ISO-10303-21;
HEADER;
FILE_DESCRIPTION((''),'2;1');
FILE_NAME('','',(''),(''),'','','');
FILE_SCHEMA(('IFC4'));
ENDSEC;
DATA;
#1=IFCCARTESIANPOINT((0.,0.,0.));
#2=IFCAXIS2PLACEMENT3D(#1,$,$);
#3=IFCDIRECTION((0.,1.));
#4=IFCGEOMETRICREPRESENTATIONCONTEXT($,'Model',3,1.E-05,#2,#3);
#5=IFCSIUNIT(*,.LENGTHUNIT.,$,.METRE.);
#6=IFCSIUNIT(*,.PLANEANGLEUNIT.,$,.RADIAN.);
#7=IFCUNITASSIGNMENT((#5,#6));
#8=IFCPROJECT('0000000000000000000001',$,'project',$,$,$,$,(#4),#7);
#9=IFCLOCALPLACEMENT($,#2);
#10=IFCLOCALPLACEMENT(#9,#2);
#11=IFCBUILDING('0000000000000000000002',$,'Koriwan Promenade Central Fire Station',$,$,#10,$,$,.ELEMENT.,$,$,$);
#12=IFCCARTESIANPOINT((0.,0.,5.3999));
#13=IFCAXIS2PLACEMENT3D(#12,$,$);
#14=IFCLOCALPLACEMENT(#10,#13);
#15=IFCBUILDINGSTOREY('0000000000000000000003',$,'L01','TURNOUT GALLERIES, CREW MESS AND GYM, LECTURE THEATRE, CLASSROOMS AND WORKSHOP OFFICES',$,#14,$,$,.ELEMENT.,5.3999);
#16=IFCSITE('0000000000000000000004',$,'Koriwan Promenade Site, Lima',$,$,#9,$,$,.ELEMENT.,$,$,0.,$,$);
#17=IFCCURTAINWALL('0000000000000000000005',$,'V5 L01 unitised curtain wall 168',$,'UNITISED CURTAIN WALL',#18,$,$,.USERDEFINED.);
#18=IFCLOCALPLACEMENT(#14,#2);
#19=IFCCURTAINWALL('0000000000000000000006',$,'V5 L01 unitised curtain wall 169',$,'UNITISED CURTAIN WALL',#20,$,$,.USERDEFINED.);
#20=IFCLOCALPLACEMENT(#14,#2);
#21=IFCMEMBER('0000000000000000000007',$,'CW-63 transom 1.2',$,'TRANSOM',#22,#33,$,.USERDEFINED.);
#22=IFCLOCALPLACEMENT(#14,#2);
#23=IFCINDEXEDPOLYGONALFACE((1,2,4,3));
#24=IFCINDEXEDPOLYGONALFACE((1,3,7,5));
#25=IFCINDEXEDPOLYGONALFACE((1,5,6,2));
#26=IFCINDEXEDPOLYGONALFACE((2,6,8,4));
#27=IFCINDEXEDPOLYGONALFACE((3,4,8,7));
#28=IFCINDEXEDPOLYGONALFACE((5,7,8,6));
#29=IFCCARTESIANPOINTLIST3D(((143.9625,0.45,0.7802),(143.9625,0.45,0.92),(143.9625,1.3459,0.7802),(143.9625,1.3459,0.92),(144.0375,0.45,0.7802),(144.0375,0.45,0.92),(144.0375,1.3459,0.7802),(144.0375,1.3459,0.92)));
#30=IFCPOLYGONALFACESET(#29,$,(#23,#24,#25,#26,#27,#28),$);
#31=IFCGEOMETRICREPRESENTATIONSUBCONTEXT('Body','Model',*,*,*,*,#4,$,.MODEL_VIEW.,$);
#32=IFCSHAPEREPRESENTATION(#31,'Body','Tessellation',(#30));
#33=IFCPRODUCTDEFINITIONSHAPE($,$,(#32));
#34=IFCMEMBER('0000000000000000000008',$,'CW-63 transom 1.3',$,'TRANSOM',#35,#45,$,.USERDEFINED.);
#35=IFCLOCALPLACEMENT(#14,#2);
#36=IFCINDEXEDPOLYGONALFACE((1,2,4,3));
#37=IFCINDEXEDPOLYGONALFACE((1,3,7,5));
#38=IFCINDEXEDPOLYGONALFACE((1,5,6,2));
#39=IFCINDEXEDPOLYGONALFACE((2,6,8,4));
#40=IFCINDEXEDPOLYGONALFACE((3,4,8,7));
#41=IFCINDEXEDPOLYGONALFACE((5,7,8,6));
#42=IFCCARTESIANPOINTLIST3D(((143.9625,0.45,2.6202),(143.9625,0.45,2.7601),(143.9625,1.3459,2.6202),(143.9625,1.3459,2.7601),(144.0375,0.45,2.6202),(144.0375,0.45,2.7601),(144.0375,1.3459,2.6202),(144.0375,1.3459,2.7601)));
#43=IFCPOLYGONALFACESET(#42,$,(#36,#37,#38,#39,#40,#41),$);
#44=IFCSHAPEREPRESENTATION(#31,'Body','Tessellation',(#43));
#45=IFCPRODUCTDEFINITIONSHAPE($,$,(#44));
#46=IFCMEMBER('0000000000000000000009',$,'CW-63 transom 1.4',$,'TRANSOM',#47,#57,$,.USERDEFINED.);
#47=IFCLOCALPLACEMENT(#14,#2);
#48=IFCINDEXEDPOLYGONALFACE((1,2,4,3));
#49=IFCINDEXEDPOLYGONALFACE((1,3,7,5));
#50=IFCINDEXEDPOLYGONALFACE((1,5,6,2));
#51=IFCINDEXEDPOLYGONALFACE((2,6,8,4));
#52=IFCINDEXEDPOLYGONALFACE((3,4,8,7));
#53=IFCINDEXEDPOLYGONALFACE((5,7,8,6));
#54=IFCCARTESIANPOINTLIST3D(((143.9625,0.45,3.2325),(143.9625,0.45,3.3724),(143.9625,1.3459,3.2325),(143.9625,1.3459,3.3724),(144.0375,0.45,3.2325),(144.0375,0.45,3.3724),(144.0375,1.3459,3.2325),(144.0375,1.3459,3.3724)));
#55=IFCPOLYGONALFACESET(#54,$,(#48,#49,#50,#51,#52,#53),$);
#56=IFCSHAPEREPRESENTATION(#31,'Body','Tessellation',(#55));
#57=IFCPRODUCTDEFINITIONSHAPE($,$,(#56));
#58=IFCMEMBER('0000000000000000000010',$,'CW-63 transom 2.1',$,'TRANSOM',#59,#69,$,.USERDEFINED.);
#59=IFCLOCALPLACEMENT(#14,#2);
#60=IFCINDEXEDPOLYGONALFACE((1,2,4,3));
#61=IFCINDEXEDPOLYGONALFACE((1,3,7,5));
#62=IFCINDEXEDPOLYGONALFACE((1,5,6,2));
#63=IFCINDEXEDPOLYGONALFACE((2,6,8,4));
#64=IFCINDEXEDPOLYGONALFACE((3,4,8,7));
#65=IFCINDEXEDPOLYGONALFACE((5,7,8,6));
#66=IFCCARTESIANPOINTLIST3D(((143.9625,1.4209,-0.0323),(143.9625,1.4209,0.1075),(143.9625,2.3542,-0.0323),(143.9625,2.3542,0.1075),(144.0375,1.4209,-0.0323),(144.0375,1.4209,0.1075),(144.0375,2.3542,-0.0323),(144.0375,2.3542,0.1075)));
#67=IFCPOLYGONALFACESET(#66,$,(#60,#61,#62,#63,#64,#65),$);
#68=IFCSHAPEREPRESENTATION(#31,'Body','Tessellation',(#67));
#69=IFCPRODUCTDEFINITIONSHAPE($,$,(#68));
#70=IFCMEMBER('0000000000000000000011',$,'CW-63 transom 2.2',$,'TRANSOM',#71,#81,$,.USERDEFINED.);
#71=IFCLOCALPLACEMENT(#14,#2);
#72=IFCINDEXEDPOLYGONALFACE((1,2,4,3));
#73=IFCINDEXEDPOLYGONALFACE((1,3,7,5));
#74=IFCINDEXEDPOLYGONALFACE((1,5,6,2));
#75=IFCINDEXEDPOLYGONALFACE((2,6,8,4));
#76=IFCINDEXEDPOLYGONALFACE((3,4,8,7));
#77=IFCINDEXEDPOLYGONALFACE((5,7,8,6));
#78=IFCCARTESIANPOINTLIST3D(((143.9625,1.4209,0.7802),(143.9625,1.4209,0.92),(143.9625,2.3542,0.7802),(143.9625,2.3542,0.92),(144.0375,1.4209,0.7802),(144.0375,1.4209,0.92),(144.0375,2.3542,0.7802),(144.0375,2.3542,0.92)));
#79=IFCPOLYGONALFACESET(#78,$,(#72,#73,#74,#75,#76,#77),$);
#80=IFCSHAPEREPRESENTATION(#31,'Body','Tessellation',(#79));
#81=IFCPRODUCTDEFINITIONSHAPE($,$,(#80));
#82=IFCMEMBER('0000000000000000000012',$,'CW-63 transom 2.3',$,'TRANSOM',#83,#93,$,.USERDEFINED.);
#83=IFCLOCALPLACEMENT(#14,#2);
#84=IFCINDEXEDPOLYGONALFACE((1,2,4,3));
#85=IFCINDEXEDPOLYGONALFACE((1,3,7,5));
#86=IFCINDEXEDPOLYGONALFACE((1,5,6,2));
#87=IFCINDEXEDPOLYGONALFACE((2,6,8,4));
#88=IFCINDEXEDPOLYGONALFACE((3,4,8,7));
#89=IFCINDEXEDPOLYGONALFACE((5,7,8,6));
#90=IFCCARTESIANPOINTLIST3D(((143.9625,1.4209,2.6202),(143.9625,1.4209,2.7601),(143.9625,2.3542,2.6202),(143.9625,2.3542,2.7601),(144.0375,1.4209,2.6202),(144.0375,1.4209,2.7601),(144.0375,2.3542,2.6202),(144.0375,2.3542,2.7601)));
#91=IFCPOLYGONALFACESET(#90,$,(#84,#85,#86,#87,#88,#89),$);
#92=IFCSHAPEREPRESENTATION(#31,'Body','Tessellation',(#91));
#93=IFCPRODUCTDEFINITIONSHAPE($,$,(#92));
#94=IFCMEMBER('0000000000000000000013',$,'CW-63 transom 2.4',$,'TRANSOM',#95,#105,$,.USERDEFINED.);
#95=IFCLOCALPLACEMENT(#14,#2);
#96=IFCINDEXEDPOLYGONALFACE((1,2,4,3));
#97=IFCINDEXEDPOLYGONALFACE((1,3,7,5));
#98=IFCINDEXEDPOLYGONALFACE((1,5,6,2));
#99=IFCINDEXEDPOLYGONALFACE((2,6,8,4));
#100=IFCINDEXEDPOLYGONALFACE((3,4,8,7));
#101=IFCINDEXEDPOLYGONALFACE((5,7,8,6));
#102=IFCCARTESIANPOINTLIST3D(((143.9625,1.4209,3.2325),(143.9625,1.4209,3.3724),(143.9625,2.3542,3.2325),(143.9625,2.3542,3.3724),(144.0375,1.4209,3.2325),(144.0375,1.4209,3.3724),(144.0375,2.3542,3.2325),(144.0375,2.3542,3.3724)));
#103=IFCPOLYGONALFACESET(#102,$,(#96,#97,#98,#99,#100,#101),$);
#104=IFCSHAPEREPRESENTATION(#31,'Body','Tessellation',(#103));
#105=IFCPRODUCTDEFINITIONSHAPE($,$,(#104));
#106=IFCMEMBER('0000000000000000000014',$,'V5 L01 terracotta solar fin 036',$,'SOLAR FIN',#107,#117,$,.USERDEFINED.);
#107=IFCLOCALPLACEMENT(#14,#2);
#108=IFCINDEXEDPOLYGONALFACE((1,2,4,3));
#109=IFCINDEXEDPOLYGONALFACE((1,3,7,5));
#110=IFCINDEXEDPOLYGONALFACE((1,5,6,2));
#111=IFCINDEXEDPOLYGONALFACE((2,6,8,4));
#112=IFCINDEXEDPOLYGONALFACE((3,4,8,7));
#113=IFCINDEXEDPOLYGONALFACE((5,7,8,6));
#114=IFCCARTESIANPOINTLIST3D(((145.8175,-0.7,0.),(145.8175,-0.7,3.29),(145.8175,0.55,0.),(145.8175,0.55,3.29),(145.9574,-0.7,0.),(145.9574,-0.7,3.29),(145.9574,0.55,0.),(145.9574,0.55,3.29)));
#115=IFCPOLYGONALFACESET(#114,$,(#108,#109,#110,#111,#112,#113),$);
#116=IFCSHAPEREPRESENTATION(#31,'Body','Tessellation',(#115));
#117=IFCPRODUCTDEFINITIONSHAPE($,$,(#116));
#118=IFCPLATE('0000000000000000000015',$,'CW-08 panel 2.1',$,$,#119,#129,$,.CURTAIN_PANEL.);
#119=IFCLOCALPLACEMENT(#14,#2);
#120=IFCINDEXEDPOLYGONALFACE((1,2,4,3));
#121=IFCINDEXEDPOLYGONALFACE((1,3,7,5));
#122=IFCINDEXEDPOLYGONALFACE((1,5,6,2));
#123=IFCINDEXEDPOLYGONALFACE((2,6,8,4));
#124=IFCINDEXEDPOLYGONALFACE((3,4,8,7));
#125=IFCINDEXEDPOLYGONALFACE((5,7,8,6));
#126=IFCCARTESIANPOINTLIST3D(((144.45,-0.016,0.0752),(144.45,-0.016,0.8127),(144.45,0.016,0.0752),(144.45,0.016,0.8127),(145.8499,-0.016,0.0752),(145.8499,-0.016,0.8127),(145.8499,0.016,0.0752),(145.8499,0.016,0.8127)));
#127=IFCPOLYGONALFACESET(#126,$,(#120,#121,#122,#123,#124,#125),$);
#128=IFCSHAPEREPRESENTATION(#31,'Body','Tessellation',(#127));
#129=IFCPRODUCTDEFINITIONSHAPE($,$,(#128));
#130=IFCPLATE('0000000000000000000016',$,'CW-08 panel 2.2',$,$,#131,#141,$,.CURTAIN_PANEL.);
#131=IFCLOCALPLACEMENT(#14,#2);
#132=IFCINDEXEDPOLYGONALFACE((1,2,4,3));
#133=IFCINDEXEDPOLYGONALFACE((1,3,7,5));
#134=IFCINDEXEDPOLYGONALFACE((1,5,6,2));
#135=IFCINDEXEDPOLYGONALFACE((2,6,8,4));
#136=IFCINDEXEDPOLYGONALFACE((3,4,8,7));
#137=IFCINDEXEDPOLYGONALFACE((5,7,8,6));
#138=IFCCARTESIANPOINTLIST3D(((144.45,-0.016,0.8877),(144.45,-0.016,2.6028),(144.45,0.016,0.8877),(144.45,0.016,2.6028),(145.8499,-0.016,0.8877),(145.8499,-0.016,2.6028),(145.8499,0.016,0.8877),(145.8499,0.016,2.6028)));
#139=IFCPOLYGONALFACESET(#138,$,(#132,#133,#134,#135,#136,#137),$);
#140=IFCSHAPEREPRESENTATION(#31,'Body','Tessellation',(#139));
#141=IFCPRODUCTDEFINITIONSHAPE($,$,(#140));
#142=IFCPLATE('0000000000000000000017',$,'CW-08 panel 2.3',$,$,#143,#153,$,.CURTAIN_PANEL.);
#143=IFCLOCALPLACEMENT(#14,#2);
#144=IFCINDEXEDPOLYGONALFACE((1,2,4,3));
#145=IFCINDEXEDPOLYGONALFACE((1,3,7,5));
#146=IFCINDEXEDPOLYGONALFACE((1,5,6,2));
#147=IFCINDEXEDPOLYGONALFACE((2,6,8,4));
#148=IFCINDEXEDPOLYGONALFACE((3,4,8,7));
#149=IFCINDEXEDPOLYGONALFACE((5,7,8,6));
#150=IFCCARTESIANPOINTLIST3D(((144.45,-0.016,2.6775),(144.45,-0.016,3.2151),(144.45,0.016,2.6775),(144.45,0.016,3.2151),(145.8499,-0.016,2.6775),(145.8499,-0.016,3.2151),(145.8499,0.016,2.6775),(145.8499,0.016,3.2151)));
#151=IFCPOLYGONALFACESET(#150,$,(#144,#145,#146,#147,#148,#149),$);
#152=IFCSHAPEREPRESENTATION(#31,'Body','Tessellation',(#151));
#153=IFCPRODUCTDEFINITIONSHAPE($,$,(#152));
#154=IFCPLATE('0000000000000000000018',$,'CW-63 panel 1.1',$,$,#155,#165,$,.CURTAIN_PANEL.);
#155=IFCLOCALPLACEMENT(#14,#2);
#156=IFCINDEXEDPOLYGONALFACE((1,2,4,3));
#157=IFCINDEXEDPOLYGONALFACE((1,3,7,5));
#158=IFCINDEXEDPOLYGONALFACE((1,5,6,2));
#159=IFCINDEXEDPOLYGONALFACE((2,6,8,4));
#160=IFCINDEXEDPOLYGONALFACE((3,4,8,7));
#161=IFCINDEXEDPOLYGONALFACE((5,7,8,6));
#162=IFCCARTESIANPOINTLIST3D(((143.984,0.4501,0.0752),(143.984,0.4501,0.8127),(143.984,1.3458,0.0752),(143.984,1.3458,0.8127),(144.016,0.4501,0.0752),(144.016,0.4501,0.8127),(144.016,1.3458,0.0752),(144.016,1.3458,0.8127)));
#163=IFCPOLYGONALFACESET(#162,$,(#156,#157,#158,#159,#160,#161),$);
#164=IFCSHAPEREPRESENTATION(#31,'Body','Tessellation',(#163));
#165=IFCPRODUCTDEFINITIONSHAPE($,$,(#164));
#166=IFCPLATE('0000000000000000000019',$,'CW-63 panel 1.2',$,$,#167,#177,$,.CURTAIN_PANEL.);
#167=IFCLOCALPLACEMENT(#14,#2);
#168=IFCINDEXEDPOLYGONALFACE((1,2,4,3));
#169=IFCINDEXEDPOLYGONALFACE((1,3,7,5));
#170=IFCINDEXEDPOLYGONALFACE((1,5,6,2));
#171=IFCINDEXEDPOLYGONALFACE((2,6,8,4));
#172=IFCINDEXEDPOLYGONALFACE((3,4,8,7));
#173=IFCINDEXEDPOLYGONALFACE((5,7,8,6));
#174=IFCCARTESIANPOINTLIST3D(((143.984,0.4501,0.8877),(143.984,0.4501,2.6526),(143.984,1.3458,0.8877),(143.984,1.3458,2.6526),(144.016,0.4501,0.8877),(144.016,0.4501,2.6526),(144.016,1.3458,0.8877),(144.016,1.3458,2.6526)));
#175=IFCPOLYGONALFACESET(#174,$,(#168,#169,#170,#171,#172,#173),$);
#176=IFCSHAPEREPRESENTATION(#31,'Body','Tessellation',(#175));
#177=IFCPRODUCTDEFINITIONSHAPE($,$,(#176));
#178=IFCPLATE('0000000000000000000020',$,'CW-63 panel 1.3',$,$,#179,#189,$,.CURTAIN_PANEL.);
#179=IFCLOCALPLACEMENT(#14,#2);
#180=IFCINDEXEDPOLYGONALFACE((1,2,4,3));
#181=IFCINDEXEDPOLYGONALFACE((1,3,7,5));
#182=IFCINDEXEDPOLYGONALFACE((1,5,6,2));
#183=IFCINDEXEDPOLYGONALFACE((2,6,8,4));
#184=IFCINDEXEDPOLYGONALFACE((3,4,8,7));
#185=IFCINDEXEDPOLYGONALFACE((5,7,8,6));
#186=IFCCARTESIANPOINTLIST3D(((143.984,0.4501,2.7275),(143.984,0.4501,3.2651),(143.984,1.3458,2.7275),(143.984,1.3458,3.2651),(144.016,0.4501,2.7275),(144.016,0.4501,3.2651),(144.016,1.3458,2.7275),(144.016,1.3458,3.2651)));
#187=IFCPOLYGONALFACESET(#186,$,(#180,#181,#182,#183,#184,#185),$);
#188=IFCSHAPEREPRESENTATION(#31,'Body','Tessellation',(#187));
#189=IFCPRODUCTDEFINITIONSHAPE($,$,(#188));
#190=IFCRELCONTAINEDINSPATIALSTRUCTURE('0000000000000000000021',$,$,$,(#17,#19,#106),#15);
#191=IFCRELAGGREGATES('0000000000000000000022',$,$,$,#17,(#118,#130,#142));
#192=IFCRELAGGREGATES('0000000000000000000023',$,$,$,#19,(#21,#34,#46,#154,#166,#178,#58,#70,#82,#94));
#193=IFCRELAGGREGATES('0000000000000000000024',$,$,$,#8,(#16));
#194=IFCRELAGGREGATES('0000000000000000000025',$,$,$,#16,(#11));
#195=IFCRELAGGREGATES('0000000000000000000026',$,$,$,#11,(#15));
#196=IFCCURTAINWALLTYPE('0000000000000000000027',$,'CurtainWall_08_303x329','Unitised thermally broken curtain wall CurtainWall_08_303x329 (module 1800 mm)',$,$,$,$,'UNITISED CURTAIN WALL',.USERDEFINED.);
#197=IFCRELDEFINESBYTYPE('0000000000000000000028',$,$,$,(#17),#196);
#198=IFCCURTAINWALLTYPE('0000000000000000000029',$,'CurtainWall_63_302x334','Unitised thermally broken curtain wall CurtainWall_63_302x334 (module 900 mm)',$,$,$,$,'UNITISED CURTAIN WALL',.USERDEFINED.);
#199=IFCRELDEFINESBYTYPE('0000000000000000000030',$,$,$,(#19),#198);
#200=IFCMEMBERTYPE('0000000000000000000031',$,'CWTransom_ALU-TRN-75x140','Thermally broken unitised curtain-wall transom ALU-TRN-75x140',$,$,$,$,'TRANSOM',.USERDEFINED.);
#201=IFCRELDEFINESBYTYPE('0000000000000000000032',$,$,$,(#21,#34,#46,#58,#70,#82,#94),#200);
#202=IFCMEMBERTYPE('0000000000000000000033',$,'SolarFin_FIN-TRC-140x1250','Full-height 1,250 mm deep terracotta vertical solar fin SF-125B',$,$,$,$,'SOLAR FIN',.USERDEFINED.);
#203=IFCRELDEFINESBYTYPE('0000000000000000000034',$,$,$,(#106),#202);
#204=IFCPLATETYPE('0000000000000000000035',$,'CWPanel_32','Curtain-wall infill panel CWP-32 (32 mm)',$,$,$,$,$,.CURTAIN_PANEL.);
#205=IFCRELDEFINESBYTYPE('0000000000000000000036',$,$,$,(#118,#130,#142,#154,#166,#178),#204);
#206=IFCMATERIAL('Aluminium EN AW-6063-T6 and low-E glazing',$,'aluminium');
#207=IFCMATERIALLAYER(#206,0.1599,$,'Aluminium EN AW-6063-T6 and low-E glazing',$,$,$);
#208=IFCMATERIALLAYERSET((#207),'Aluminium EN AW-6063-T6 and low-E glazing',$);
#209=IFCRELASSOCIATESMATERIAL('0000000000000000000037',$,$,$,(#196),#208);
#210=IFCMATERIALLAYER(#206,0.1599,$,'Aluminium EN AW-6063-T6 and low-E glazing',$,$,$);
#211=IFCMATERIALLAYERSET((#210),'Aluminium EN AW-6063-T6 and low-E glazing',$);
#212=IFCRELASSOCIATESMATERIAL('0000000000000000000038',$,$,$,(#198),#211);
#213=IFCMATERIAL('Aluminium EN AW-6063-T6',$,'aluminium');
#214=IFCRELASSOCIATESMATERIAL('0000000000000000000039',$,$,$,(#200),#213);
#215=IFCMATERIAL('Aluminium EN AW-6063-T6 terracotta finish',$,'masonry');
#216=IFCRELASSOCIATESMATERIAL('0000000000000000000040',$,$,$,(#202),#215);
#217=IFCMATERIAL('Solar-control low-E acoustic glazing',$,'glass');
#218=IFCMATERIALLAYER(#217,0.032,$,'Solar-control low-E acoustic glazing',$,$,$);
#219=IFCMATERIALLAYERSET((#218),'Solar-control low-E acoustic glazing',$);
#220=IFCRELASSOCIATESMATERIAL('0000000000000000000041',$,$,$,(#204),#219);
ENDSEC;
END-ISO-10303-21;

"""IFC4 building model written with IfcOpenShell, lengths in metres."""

from ifc_helpers import new_model, si_unit, direction, frame, origin, origin_2d, place, context, subcontext, project, spatial, rectangle, extrude, material, layer, layer_set, material_profile, profile_set, type_object, element, aggregate, save


model = new_model("IFC4")

# Units and contexts
model_context = context("Model", 3, precision=1e-05, world=origin(), true_north=direction((0.0, 1.0)))
body_context = subcontext(model_context, "Body", "Model", "MODEL_VIEW")
ifc_project = project(units=[si_unit("LENGTHUNIT", "METRE"), si_unit("PLANEANGLEUNIT", "RADIAN")], contexts=[model_context])

# Site, building, storey
site_placement = place(None, origin())
site = spatial("IfcSite", under=ifc_project, at=site_placement, Name="Koriwan Promenade Site, Lima", CompositionType="ELEMENT", RefElevation=0.0)
building_placement = place(site_placement, origin())
building = spatial("IfcBuilding", under=site, at=building_placement, Name="Koriwan Promenade Central Fire Station", CompositionType="ELEMENT")
storey_placement = place(building_placement, frame((0.0, 0.0, 5.3999)))
storey = spatial("IfcBuildingStorey", under=building, at=storey_placement, Name="L01", Description="TURNOUT GALLERIES, CREW MESS AND GYM, LECTURE THEATRE, CLASSROOMS AND WORKSHOP OFFICES", CompositionType="ELEMENT", Elevation=5.3999)

# Curtain walls
ifc_material_1 = material(Name="Aluminium EN AW-6063-T6 and low-E glazing", Category="aluminium")
ifc_layer_1 = layer(ifc_material_1, 0.1599, Name="Aluminium EN AW-6063-T6 and low-E glazing")
ifc_layer_set_1 = layer_set([ifc_layer_1], Name="Aluminium EN AW-6063-T6 and low-E glazing")
curtain_wall_type_1 = type_object("IfcCurtainWallType", Name="CurtainWall_08_303x329", Description="Unitised thermally broken curtain wall CurtainWall_08_303x329 (module 1800 mm)", ElementType="UNITISED CURTAIN WALL", PredefinedType="USERDEFINED", material=ifc_layer_set_1)
curtain_wall_1_placement = place(storey_placement, origin())
curtain_wall_1 = element("IfcCurtainWall", 1, at=curtain_wall_1_placement, inside=storey, type_object=curtain_wall_type_1, Name="V5 L01 unitised curtain wall 168", ObjectType="UNITISED CURTAIN WALL", PredefinedType="USERDEFINED")
ifc_material_2 = material(Name="Aluminium EN AW-6063-T6", Category="aluminium")
ifc_layer_2 = layer(ifc_material_1, 0.1599, Name="Aluminium EN AW-6063-T6 and low-E glazing")
ifc_layer_set_2 = layer_set([ifc_layer_2], Name="Aluminium EN AW-6063-T6 and low-E glazing")
curtain_wall_type_2 = type_object("IfcCurtainWallType", Name="CurtainWall_63_302x334", Description="Unitised thermally broken curtain wall CurtainWall_63_302x334 (module 900 mm)", ElementType="UNITISED CURTAIN WALL", PredefinedType="USERDEFINED", material=ifc_layer_set_2)
curtain_wall_2_placement = place(storey_placement, origin())
curtain_wall_2 = element("IfcCurtainWall", 2, at=curtain_wall_2_placement, inside=storey, type_object=curtain_wall_type_2, Name="V5 L01 unitised curtain wall 169", ObjectType="UNITISED CURTAIN WALL", PredefinedType="USERDEFINED")

# Members
ifc_material_profile_1 = material_profile(ifc_material_2, rectangle(XDim=0.075, YDim=0.1399, at=origin_2d()), Name="ALU-TRN-75x140")
ifc_profile_set_1 = profile_set([ifc_material_profile_1], Name="Aluminium EN AW-6063-T6")
member_type_1 = type_object("IfcMemberType", Name="CWTransom_ALU-TRN-75x140", Description="Thermally broken unitised curtain-wall transom ALU-TRN-75x140", ElementType="TRANSOM", PredefinedType="USERDEFINED", material=ifc_profile_set_1)
member_1_placement = place(storey_placement, frame((144.0, 0.45, 0.8501), z_axis=(0.0, 1.0, 0.0), x_axis=(-1.0, 0.0, 0.0)))
member_1 = element("IfcMember", 3, at=member_1_placement, type_object=member_type_1, Name="CW-63 transom 1.2", ObjectType="TRANSOM", PredefinedType="USERDEFINED", context=body_context, shape_type="SweptSolid", body=[
    extrude(rectangle(XDim=0.075, YDim=0.1399, at=origin_2d()), origin(), (0.0, 0.0, 1.0), 0.896),
])
member_2_placement = place(storey_placement, frame((144.0, 0.45, 2.6902), z_axis=(0.0, 1.0, 0.0), x_axis=(-1.0, 0.0, 0.0)))
member_2 = element("IfcMember", 4, at=member_2_placement, type_object=member_type_1, Name="CW-63 transom 1.3", ObjectType="TRANSOM", PredefinedType="USERDEFINED", context=body_context, shape_type="SweptSolid", body=[
    extrude(rectangle(XDim=0.075, YDim=0.1399, at=origin_2d()), origin(), (0.0, 0.0, 1.0), 0.896),
])
member_3_placement = place(storey_placement, frame((144.0, 0.45, 3.3025), z_axis=(0.0, 1.0, 0.0), x_axis=(-1.0, 0.0, 0.0)))
member_3 = element("IfcMember", 5, at=member_3_placement, type_object=member_type_1, Name="CW-63 transom 1.4", ObjectType="TRANSOM", PredefinedType="USERDEFINED", context=body_context, shape_type="SweptSolid", body=[
    extrude(rectangle(XDim=0.075, YDim=0.1399, at=origin_2d()), origin(), (0.0, 0.0, 1.0), 0.896),
])
member_4_placement = place(storey_placement, frame((144.0, 1.4209, 0.0376), z_axis=(0.0, 1.0, 0.0), x_axis=(-1.0, 0.0, 0.0)))
member_4 = element("IfcMember", 6, at=member_4_placement, type_object=member_type_1, Name="CW-63 transom 2.1", ObjectType="TRANSOM", PredefinedType="USERDEFINED", context=body_context, shape_type="SweptSolid", body=[
    extrude(rectangle(XDim=0.075, YDim=0.1399, at=origin_2d()), origin(), (0.0, 0.0, 1.0), 0.9333),
])
member_5_placement = place(storey_placement, frame((144.0, 1.4209, 0.8501), z_axis=(0.0, 1.0, 0.0), x_axis=(-1.0, 0.0, 0.0)))
member_5 = element("IfcMember", 7, at=member_5_placement, type_object=member_type_1, Name="CW-63 transom 2.2", ObjectType="TRANSOM", PredefinedType="USERDEFINED", context=body_context, shape_type="SweptSolid", body=[
    extrude(rectangle(XDim=0.075, YDim=0.1399, at=origin_2d()), origin(), (0.0, 0.0, 1.0), 0.9333),
])
member_6_placement = place(storey_placement, frame((144.0, 1.4209, 2.6902), z_axis=(0.0, 1.0, 0.0), x_axis=(-1.0, 0.0, 0.0)))
member_6 = element("IfcMember", 8, at=member_6_placement, type_object=member_type_1, Name="CW-63 transom 2.3", ObjectType="TRANSOM", PredefinedType="USERDEFINED", context=body_context, shape_type="SweptSolid", body=[
    extrude(rectangle(XDim=0.075, YDim=0.1399, at=origin_2d()), origin(), (0.0, 0.0, 1.0), 0.9333),
])
member_7_placement = place(storey_placement, frame((144.0, 1.4209, 3.3025), z_axis=(0.0, 1.0, 0.0), x_axis=(-1.0, 0.0, 0.0)))
member_7 = element("IfcMember", 9, at=member_7_placement, type_object=member_type_1, Name="CW-63 transom 2.4", ObjectType="TRANSOM", PredefinedType="USERDEFINED", context=body_context, shape_type="SweptSolid", body=[
    extrude(rectangle(XDim=0.075, YDim=0.1399, at=origin_2d()), origin(), (0.0, 0.0, 1.0), 0.9333),
])
ifc_material_3 = material(Name="Aluminium EN AW-6063-T6 terracotta finish", Category="masonry")
ifc_material_profile_2 = material_profile(ifc_material_3, rectangle(XDim=0.1399, YDim=1.25, at=origin_2d()), Name="FIN-TRC-140x1250")
ifc_profile_set_2 = profile_set([ifc_material_profile_2], Name="Aluminium EN AW-6063-T6 terracotta finish")
member_type_2 = type_object("IfcMemberType", Name="SolarFin_FIN-TRC-140x1250", Description="Full-height 1,250 mm deep terracotta vertical solar fin SF-125B", ElementType="SOLAR FIN", PredefinedType="USERDEFINED", material=ifc_profile_set_2)
member_8_placement = place(storey_placement, frame((145.8875, -0.075, 0.0), z_axis=(0.0, 0.0, 1.0), x_axis=(-1.0, 0.0, 0.0)))
element("IfcMember", 10, at=member_8_placement, inside=storey, type_object=member_type_2, Name="V5 L01 terracotta solar fin 036", ObjectType="SOLAR FIN", PredefinedType="USERDEFINED", context=body_context, shape_type="SweptSolid", body=[
    extrude(rectangle(XDim=0.1399, YDim=1.25, at=origin_2d()), origin(), (0.0, 0.0, 1.0), 3.29),
])

# Plates
ifc_material_4 = material(Name="Solar-control low-E acoustic glazing", Category="glass")
ifc_layer_3 = layer(ifc_material_4, 0.032, Name="Solar-control low-E acoustic glazing")
ifc_layer_set_3 = layer_set([ifc_layer_3], Name="Solar-control low-E acoustic glazing")
plate_type = type_object("IfcPlateType", Name="CWPanel_32", Description="Curtain-wall infill panel CWP-32 (32 mm)", PredefinedType="CURTAIN_PANEL", material=ifc_layer_set_3)
plate_1_placement = place(storey_placement, frame((145.1499, 0.0, 0.0752), z_axis=(0.0, 0.0, 1.0), x_axis=(-1.0, 0.0, 0.0)))
plate_1 = element("IfcPlate", 11, at=plate_1_placement, type_object=plate_type, Name="CW-08 panel 2.1", PredefinedType="CURTAIN_PANEL", context=body_context, shape_type="SweptSolid", body=[
    extrude(rectangle(XDim=1.3999, YDim=0.032, at=origin_2d()), origin(), (0.0, 0.0, 1.0), 0.7375),
])
plate_2_placement = place(storey_placement, frame((145.1499, 0.0, 0.8877), z_axis=(0.0, 0.0, 1.0), x_axis=(-1.0, 0.0, 0.0)))
plate_2 = element("IfcPlate", 12, at=plate_2_placement, type_object=plate_type, Name="CW-08 panel 2.2", PredefinedType="CURTAIN_PANEL", context=body_context, shape_type="SweptSolid", body=[
    extrude(rectangle(XDim=1.3999, YDim=0.032, at=origin_2d()), origin(), (0.0, 0.0, 1.0), 1.7151),
])
plate_3_placement = place(storey_placement, frame((145.1499, 0.0, 2.6775), z_axis=(0.0, 0.0, 1.0), x_axis=(-1.0, 0.0, 0.0)))
plate_3 = element("IfcPlate", 13, at=plate_3_placement, type_object=plate_type, Name="CW-08 panel 2.3", PredefinedType="CURTAIN_PANEL", context=body_context, shape_type="SweptSolid", body=[
    extrude(rectangle(XDim=1.3999, YDim=0.032, at=origin_2d()), origin(), (0.0, 0.0, 1.0), 0.5376),
])
aggregate(curtain_wall_1, [plate_1, plate_2, plate_3])
plate_4_placement = place(storey_placement, frame((144.0, 0.8979, 0.0752), z_axis=(0.0, 0.0, 1.0), x_axis=(0.0, 1.0, 0.0)))
plate_4 = element("IfcPlate", 14, at=plate_4_placement, type_object=plate_type, Name="CW-63 panel 1.1", PredefinedType="CURTAIN_PANEL", context=body_context, shape_type="SweptSolid", body=[
    extrude(rectangle(XDim=0.8958, YDim=0.032, at=origin_2d()), origin(), (0.0, 0.0, 1.0), 0.7375),
])
plate_5_placement = place(storey_placement, frame((144.0, 0.8979, 0.8877), z_axis=(0.0, 0.0, 1.0), x_axis=(0.0, 1.0, 0.0)))
plate_5 = element("IfcPlate", 15, at=plate_5_placement, type_object=plate_type, Name="CW-63 panel 1.2", PredefinedType="CURTAIN_PANEL", context=body_context, shape_type="SweptSolid", body=[
    extrude(rectangle(XDim=0.8958, YDim=0.032, at=origin_2d()), origin(), (0.0, 0.0, 1.0), 1.7649),
])
plate_6_placement = place(storey_placement, frame((144.0, 0.8979, 2.7275), z_axis=(0.0, 0.0, 1.0), x_axis=(0.0, 1.0, 0.0)))
plate_6 = element("IfcPlate", 16, at=plate_6_placement, type_object=plate_type, Name="CW-63 panel 1.3", PredefinedType="CURTAIN_PANEL", context=body_context, shape_type="SweptSolid", body=[
    extrude(rectangle(XDim=0.8958, YDim=0.032, at=origin_2d()), origin(), (0.0, 0.0, 1.0), 0.5376),
])
aggregate(curtain_wall_2, [member_1, member_2, member_3, plate_4, plate_5, plate_6, member_4, member_5, member_6, member_7])

save(model, "model.ifc")
